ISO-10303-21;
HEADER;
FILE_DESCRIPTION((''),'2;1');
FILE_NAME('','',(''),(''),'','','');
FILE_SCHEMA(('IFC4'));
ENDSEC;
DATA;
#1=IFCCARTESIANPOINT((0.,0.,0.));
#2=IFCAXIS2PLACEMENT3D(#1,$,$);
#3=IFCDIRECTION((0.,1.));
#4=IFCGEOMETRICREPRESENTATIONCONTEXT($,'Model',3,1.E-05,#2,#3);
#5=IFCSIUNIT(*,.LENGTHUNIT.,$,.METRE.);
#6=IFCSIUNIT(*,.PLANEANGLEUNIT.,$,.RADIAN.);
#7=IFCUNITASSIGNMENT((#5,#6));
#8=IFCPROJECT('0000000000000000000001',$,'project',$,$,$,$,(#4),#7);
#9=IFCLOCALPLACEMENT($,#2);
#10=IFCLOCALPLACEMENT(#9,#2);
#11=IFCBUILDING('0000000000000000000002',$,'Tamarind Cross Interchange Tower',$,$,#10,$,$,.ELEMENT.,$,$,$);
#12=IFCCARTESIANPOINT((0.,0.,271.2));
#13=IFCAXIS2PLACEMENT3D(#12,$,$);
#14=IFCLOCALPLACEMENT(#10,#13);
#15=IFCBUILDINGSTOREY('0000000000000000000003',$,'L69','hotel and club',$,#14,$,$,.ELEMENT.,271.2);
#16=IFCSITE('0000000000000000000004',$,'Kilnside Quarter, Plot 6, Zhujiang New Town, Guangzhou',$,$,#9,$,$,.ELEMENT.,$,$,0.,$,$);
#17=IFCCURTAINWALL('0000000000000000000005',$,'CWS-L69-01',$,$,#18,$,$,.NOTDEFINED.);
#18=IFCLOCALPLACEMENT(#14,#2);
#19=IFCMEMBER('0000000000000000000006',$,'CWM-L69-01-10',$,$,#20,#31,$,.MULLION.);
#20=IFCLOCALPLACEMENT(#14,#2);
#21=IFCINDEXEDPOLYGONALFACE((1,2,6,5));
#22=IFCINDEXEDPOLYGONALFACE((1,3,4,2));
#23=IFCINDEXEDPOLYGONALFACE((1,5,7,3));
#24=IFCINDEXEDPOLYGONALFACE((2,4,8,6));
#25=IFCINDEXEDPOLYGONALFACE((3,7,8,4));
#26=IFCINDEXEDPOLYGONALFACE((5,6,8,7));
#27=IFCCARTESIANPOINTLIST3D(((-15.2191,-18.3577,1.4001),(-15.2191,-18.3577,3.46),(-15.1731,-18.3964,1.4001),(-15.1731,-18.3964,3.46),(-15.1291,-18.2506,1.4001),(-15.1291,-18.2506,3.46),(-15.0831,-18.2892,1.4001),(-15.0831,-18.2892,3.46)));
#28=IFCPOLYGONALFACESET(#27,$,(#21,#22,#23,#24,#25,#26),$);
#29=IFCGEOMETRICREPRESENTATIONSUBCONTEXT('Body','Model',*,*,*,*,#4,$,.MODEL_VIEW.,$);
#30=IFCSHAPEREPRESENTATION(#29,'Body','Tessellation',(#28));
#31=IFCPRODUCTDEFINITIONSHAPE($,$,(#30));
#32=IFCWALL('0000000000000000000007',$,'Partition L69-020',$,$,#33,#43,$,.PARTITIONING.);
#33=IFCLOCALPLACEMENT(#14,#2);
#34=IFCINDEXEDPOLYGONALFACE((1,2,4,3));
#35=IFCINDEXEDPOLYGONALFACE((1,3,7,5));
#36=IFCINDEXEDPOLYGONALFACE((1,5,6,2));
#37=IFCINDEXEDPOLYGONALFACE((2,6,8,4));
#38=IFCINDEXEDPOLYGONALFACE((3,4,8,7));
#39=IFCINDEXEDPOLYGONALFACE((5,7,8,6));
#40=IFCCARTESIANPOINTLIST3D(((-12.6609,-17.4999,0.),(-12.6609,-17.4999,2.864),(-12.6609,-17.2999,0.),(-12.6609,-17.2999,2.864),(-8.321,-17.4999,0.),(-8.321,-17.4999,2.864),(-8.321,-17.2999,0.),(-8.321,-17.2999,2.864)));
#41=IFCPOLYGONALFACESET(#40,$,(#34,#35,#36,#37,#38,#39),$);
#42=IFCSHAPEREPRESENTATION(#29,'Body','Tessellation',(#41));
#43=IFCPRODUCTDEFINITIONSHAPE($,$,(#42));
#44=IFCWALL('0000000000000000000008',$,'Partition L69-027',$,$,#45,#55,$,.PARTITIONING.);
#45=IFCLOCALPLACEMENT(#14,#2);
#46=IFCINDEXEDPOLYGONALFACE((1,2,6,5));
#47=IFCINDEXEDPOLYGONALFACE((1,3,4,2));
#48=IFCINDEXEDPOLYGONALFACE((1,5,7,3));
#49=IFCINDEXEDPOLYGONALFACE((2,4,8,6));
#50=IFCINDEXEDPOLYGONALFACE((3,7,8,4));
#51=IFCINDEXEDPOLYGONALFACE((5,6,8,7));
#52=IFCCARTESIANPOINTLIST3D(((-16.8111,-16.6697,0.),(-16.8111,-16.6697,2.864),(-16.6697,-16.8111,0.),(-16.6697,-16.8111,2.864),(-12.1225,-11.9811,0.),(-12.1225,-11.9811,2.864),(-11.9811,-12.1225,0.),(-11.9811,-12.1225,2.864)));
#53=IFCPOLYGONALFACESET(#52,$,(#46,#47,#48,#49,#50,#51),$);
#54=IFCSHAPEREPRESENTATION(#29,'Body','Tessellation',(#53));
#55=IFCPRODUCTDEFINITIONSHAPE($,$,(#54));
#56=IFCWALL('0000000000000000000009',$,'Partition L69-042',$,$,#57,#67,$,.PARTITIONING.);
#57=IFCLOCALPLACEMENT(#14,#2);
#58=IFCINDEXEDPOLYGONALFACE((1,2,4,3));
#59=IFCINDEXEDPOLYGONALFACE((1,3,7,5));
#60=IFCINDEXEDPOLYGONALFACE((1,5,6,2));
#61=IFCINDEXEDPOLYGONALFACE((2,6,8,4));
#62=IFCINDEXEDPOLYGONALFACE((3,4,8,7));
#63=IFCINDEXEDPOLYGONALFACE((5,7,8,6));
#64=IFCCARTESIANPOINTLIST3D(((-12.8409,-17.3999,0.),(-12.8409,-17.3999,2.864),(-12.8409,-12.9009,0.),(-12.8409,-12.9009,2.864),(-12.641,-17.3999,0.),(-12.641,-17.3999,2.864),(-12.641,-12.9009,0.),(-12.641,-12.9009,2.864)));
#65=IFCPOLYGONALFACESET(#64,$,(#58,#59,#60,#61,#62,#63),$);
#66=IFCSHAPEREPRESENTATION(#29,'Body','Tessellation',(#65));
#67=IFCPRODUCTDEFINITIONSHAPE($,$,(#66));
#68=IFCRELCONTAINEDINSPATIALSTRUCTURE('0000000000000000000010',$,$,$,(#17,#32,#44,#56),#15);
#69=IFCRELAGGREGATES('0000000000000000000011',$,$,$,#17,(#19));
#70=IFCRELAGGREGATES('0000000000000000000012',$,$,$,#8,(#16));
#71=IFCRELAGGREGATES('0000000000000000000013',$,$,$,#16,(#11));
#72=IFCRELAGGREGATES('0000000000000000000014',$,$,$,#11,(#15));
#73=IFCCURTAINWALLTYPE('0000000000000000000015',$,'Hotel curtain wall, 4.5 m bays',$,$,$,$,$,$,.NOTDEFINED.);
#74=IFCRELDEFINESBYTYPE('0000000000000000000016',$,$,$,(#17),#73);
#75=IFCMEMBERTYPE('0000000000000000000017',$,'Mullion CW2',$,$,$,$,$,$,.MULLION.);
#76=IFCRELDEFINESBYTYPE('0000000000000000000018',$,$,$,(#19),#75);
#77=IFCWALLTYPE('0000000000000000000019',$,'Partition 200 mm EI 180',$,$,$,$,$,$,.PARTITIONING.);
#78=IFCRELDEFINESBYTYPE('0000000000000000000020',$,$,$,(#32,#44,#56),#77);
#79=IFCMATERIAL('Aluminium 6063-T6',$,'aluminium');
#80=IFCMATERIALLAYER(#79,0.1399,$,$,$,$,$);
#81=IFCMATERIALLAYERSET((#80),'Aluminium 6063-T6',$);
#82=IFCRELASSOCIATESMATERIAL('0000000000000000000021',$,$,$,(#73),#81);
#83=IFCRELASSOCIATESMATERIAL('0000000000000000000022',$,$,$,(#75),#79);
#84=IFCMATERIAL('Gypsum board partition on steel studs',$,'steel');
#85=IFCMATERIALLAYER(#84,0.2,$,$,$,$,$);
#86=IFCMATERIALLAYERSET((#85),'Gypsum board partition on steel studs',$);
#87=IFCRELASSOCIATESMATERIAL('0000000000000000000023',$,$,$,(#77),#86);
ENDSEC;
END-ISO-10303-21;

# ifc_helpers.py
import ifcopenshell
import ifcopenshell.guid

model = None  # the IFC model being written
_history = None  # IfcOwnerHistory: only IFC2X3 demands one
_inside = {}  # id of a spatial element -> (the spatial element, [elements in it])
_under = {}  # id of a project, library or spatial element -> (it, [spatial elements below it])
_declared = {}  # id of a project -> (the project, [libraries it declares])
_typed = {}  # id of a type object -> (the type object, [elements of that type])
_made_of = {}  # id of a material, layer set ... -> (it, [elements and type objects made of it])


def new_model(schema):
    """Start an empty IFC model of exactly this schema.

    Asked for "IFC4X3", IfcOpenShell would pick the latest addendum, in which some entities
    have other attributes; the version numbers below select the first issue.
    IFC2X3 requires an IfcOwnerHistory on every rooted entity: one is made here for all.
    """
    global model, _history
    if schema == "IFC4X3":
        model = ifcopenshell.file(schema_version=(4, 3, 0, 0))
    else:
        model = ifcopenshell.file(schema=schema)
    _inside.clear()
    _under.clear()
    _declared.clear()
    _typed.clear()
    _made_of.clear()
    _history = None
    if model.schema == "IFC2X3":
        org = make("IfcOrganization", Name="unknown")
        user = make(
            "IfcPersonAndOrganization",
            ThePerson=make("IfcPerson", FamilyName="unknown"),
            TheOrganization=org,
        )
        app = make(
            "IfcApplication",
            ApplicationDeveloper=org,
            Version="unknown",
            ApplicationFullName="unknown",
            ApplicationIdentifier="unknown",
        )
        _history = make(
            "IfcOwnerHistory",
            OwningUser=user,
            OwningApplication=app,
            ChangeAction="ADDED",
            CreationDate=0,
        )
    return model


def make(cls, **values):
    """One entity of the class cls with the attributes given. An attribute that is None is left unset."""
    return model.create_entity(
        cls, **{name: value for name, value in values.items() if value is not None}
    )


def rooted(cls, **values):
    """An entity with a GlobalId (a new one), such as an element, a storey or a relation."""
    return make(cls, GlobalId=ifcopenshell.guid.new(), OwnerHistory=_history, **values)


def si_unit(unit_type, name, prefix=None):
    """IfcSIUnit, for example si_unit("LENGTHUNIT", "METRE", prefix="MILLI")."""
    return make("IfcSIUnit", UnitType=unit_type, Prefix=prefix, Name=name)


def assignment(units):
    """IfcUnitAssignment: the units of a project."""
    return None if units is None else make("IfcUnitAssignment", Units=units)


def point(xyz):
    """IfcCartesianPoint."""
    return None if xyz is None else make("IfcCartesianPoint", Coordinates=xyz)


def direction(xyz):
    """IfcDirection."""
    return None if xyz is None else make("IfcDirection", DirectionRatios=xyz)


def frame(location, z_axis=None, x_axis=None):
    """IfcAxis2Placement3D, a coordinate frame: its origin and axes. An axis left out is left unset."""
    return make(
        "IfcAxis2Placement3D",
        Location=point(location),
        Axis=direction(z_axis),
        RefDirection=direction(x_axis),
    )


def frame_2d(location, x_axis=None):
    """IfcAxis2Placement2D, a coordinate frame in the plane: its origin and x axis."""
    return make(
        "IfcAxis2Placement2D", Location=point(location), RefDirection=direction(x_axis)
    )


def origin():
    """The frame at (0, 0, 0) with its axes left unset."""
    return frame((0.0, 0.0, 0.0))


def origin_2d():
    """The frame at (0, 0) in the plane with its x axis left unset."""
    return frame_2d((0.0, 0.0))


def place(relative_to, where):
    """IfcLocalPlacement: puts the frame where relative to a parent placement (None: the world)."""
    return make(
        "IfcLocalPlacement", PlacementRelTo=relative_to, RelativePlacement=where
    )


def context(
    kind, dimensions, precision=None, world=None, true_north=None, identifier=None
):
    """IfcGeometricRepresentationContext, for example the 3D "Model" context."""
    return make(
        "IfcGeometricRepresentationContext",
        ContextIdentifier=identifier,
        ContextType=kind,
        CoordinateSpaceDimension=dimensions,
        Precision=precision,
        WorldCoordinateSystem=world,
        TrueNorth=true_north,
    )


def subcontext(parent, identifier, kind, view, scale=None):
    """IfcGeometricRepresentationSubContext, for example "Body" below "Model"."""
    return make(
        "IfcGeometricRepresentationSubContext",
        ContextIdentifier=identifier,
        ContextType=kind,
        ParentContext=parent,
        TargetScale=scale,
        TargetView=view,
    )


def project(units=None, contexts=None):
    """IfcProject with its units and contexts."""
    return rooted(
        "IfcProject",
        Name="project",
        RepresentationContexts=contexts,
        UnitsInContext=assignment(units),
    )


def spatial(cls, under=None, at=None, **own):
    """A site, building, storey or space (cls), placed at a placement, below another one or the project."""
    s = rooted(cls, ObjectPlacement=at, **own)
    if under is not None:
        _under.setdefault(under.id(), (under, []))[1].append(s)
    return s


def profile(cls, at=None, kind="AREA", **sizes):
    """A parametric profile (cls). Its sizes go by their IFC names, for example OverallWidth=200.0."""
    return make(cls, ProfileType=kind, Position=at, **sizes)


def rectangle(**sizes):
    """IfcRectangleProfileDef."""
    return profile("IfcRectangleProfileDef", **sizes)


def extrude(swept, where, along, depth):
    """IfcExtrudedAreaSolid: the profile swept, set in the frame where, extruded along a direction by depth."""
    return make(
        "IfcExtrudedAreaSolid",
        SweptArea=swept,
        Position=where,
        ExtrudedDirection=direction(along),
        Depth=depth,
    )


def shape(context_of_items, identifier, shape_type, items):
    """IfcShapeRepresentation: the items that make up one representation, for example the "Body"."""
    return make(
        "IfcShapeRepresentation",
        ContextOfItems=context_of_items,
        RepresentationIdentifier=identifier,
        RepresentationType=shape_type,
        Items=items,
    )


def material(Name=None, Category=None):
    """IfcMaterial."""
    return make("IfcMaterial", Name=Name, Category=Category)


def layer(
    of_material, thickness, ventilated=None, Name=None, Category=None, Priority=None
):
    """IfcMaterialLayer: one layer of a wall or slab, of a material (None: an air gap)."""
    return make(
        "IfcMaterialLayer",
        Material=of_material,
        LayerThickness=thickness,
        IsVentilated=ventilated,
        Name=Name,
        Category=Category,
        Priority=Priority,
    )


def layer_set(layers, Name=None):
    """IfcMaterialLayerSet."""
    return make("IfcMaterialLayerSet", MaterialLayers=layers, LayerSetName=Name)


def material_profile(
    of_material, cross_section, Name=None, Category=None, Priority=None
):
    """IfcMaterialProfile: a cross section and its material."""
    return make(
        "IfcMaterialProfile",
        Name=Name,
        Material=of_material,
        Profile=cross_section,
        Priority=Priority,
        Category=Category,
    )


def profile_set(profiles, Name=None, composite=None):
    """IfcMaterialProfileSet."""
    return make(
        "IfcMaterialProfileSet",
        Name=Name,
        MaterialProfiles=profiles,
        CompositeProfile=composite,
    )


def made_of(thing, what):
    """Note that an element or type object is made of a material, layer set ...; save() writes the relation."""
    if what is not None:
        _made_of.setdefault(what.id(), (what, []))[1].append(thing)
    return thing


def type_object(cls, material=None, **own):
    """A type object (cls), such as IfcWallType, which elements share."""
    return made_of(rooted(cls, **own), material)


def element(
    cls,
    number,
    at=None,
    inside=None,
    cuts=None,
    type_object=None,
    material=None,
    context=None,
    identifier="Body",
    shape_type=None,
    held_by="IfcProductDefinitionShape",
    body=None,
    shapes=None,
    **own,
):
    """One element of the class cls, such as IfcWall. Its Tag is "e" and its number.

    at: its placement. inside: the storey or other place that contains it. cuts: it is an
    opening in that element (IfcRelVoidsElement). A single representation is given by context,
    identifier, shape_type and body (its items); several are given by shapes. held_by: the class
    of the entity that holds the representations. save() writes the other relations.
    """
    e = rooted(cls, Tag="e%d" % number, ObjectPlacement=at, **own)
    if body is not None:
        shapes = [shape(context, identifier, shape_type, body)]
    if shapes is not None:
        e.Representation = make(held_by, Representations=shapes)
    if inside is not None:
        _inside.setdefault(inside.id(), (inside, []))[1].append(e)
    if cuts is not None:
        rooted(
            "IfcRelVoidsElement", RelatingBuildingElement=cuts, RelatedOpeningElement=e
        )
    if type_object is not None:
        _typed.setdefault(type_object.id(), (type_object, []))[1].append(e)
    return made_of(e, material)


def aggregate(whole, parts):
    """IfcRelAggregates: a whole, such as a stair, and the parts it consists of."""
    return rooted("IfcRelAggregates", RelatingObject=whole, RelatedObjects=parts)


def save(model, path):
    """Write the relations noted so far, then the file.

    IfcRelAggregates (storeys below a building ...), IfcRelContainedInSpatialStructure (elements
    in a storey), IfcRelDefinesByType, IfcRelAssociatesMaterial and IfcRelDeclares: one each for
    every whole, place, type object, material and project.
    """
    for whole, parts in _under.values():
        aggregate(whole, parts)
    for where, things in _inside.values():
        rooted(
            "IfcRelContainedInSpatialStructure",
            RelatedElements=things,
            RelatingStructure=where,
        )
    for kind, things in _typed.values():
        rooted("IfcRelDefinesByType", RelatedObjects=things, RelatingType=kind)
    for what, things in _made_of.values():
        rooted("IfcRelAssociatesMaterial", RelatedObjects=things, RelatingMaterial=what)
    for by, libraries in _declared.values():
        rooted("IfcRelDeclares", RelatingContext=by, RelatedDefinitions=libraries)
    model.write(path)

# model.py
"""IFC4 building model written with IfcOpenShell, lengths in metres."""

from ifc_helpers import new_model, si_unit, direction, frame, frame_2d, origin, origin_2d, place, context, subcontext, project, spatial, rectangle, extrude, material, layer, layer_set, material_profile, profile_set, type_object, element, aggregate, save


model = new_model("IFC4")

# Units and contexts
model_context = context("Model", 3, precision=1e-05, world=origin(), true_north=direction((0.0, 1.0)))
body_context = subcontext(model_context, "Body", "Model", "MODEL_VIEW")
ifc_project = project(units=[si_unit("LENGTHUNIT", "METRE"), si_unit("PLANEANGLEUNIT", "RADIAN")], contexts=[model_context])

# Site, building, storey
site_placement = place(None, origin())
site = spatial("IfcSite", under=ifc_project, at=site_placement, Name="Kilnside Quarter, Plot 6, Zhujiang New Town, Guangzhou", CompositionType="ELEMENT", RefElevation=0.0)
building_placement = place(site_placement, origin())
building = spatial("IfcBuilding", under=site, at=building_placement, Name="Tamarind Cross Interchange Tower", CompositionType="ELEMENT")
storey_placement = place(building_placement, frame((0.0, 0.0, 271.2)))
storey = spatial("IfcBuildingStorey", under=building, at=storey_placement, Name="L69", Description="hotel and club", CompositionType="ELEMENT", Elevation=271.2)

# Curtain wall, member
ifc_material_1 = material(Name="Aluminium 6063-T6", Category="aluminium")
ifc_layer_1 = layer(ifc_material_1, 0.1399)
ifc_layer_set_1 = layer_set([ifc_layer_1], Name="Aluminium 6063-T6")
curtain_wall_type = type_object("IfcCurtainWallType", Name="Hotel curtain wall, 4.5 m bays", PredefinedType="NOTDEFINED", material=ifc_layer_set_1)
curtain_wall_placement = place(storey_placement, origin())
curtain_wall = element("IfcCurtainWall", 1, at=curtain_wall_placement, inside=storey, type_object=curtain_wall_type, Name="CWS-L69-01", PredefinedType="NOTDEFINED")
ifc_material_profile_1 = material_profile(ifc_material_1, rectangle(XDim=0.0601, YDim=0.1399, at=origin_2d()), Name="Mullion CW2")
ifc_profile_set_1 = profile_set([ifc_material_profile_1], Name="Aluminium 6063-T6")
member_type = type_object("IfcMemberType", Name="Mullion CW2", PredefinedType="MULLION", material=ifc_profile_set_1)
member_1_placement = place(storey_placement, frame((-15.1511, -18.3235, 1.4001), z_axis=(0.0, 0.0, 1.0), x_axis=(0.765858, -0.643009, 0.0)))
member_1 = element("IfcMember", 2, at=member_1_placement, type_object=member_type, Name="CWM-L69-01-10", PredefinedType="MULLION", context=body_context, shape_type="SweptSolid", body=[
    extrude(rectangle(XDim=0.0601, YDim=0.1399, at=origin_2d()), origin(), (0.0, 0.0, 1.0), 2.0598),
])
aggregate(curtain_wall, [member_1])

# Walls
ifc_material_2 = material(Name="Gypsum board partition on steel studs", Category="steel")
ifc_layer_2 = layer(ifc_material_2, 0.2)
ifc_layer_set_2 = layer_set([ifc_layer_2], Name="Gypsum board partition on steel studs")
wall_type = type_object("IfcWallType", Name="Partition 200 mm EI 180", PredefinedType="PARTITIONING", material=ifc_layer_set_2)
wall_1_placement = place(storey_placement, frame((-12.6609, -17.3999, 0.0), z_axis=(0.0, 0.0, 1.0), x_axis=(1.0, 0.0, 0.0)))
element("IfcWall", 3, at=wall_1_placement, inside=storey, type_object=wall_type, Name="Partition L69-020", PredefinedType="PARTITIONING", context=body_context, shape_type="SweptSolid", body=[
    extrude(rectangle(XDim=4.3398, YDim=0.2, at=frame_2d((2.1699, 0.0))), origin(), (0.0, 0.0, 1.0), 2.864),
])
wall_2_placement = place(storey_placement, frame((-16.7405, -16.7405, 0.0), z_axis=(0.0, 0.0, 1.0), x_axis=(0.707107, 0.707107, 0.0)))
element("IfcWall", 4, at=wall_2_placement, inside=storey, type_object=wall_type, Name="Partition L69-027", PredefinedType="PARTITIONING", context=body_context, shape_type="SweptSolid", body=[
    extrude(rectangle(XDim=6.6306, YDim=0.2, at=frame_2d((3.3154, 0.0))), origin(), (0.0, 0.0, 1.0), 2.864),
])
wall_3_placement = place(storey_placement, frame((-12.741, -17.3999, 0.0), z_axis=(0.0, 0.0, 1.0), x_axis=(0.0, 1.0, 0.0)))
element("IfcWall", 5, at=wall_3_placement, inside=storey, type_object=wall_type, Name="Partition L69-042", PredefinedType="PARTITIONING", context=body_context, shape_type="SweptSolid", body=[
    extrude(rectangle(XDim=4.499, YDim=0.2, at=frame_2d((2.2495, 0.0))), origin(), (0.0, 0.0, 1.0), 2.864),
])

save(model, "model.ifc")
